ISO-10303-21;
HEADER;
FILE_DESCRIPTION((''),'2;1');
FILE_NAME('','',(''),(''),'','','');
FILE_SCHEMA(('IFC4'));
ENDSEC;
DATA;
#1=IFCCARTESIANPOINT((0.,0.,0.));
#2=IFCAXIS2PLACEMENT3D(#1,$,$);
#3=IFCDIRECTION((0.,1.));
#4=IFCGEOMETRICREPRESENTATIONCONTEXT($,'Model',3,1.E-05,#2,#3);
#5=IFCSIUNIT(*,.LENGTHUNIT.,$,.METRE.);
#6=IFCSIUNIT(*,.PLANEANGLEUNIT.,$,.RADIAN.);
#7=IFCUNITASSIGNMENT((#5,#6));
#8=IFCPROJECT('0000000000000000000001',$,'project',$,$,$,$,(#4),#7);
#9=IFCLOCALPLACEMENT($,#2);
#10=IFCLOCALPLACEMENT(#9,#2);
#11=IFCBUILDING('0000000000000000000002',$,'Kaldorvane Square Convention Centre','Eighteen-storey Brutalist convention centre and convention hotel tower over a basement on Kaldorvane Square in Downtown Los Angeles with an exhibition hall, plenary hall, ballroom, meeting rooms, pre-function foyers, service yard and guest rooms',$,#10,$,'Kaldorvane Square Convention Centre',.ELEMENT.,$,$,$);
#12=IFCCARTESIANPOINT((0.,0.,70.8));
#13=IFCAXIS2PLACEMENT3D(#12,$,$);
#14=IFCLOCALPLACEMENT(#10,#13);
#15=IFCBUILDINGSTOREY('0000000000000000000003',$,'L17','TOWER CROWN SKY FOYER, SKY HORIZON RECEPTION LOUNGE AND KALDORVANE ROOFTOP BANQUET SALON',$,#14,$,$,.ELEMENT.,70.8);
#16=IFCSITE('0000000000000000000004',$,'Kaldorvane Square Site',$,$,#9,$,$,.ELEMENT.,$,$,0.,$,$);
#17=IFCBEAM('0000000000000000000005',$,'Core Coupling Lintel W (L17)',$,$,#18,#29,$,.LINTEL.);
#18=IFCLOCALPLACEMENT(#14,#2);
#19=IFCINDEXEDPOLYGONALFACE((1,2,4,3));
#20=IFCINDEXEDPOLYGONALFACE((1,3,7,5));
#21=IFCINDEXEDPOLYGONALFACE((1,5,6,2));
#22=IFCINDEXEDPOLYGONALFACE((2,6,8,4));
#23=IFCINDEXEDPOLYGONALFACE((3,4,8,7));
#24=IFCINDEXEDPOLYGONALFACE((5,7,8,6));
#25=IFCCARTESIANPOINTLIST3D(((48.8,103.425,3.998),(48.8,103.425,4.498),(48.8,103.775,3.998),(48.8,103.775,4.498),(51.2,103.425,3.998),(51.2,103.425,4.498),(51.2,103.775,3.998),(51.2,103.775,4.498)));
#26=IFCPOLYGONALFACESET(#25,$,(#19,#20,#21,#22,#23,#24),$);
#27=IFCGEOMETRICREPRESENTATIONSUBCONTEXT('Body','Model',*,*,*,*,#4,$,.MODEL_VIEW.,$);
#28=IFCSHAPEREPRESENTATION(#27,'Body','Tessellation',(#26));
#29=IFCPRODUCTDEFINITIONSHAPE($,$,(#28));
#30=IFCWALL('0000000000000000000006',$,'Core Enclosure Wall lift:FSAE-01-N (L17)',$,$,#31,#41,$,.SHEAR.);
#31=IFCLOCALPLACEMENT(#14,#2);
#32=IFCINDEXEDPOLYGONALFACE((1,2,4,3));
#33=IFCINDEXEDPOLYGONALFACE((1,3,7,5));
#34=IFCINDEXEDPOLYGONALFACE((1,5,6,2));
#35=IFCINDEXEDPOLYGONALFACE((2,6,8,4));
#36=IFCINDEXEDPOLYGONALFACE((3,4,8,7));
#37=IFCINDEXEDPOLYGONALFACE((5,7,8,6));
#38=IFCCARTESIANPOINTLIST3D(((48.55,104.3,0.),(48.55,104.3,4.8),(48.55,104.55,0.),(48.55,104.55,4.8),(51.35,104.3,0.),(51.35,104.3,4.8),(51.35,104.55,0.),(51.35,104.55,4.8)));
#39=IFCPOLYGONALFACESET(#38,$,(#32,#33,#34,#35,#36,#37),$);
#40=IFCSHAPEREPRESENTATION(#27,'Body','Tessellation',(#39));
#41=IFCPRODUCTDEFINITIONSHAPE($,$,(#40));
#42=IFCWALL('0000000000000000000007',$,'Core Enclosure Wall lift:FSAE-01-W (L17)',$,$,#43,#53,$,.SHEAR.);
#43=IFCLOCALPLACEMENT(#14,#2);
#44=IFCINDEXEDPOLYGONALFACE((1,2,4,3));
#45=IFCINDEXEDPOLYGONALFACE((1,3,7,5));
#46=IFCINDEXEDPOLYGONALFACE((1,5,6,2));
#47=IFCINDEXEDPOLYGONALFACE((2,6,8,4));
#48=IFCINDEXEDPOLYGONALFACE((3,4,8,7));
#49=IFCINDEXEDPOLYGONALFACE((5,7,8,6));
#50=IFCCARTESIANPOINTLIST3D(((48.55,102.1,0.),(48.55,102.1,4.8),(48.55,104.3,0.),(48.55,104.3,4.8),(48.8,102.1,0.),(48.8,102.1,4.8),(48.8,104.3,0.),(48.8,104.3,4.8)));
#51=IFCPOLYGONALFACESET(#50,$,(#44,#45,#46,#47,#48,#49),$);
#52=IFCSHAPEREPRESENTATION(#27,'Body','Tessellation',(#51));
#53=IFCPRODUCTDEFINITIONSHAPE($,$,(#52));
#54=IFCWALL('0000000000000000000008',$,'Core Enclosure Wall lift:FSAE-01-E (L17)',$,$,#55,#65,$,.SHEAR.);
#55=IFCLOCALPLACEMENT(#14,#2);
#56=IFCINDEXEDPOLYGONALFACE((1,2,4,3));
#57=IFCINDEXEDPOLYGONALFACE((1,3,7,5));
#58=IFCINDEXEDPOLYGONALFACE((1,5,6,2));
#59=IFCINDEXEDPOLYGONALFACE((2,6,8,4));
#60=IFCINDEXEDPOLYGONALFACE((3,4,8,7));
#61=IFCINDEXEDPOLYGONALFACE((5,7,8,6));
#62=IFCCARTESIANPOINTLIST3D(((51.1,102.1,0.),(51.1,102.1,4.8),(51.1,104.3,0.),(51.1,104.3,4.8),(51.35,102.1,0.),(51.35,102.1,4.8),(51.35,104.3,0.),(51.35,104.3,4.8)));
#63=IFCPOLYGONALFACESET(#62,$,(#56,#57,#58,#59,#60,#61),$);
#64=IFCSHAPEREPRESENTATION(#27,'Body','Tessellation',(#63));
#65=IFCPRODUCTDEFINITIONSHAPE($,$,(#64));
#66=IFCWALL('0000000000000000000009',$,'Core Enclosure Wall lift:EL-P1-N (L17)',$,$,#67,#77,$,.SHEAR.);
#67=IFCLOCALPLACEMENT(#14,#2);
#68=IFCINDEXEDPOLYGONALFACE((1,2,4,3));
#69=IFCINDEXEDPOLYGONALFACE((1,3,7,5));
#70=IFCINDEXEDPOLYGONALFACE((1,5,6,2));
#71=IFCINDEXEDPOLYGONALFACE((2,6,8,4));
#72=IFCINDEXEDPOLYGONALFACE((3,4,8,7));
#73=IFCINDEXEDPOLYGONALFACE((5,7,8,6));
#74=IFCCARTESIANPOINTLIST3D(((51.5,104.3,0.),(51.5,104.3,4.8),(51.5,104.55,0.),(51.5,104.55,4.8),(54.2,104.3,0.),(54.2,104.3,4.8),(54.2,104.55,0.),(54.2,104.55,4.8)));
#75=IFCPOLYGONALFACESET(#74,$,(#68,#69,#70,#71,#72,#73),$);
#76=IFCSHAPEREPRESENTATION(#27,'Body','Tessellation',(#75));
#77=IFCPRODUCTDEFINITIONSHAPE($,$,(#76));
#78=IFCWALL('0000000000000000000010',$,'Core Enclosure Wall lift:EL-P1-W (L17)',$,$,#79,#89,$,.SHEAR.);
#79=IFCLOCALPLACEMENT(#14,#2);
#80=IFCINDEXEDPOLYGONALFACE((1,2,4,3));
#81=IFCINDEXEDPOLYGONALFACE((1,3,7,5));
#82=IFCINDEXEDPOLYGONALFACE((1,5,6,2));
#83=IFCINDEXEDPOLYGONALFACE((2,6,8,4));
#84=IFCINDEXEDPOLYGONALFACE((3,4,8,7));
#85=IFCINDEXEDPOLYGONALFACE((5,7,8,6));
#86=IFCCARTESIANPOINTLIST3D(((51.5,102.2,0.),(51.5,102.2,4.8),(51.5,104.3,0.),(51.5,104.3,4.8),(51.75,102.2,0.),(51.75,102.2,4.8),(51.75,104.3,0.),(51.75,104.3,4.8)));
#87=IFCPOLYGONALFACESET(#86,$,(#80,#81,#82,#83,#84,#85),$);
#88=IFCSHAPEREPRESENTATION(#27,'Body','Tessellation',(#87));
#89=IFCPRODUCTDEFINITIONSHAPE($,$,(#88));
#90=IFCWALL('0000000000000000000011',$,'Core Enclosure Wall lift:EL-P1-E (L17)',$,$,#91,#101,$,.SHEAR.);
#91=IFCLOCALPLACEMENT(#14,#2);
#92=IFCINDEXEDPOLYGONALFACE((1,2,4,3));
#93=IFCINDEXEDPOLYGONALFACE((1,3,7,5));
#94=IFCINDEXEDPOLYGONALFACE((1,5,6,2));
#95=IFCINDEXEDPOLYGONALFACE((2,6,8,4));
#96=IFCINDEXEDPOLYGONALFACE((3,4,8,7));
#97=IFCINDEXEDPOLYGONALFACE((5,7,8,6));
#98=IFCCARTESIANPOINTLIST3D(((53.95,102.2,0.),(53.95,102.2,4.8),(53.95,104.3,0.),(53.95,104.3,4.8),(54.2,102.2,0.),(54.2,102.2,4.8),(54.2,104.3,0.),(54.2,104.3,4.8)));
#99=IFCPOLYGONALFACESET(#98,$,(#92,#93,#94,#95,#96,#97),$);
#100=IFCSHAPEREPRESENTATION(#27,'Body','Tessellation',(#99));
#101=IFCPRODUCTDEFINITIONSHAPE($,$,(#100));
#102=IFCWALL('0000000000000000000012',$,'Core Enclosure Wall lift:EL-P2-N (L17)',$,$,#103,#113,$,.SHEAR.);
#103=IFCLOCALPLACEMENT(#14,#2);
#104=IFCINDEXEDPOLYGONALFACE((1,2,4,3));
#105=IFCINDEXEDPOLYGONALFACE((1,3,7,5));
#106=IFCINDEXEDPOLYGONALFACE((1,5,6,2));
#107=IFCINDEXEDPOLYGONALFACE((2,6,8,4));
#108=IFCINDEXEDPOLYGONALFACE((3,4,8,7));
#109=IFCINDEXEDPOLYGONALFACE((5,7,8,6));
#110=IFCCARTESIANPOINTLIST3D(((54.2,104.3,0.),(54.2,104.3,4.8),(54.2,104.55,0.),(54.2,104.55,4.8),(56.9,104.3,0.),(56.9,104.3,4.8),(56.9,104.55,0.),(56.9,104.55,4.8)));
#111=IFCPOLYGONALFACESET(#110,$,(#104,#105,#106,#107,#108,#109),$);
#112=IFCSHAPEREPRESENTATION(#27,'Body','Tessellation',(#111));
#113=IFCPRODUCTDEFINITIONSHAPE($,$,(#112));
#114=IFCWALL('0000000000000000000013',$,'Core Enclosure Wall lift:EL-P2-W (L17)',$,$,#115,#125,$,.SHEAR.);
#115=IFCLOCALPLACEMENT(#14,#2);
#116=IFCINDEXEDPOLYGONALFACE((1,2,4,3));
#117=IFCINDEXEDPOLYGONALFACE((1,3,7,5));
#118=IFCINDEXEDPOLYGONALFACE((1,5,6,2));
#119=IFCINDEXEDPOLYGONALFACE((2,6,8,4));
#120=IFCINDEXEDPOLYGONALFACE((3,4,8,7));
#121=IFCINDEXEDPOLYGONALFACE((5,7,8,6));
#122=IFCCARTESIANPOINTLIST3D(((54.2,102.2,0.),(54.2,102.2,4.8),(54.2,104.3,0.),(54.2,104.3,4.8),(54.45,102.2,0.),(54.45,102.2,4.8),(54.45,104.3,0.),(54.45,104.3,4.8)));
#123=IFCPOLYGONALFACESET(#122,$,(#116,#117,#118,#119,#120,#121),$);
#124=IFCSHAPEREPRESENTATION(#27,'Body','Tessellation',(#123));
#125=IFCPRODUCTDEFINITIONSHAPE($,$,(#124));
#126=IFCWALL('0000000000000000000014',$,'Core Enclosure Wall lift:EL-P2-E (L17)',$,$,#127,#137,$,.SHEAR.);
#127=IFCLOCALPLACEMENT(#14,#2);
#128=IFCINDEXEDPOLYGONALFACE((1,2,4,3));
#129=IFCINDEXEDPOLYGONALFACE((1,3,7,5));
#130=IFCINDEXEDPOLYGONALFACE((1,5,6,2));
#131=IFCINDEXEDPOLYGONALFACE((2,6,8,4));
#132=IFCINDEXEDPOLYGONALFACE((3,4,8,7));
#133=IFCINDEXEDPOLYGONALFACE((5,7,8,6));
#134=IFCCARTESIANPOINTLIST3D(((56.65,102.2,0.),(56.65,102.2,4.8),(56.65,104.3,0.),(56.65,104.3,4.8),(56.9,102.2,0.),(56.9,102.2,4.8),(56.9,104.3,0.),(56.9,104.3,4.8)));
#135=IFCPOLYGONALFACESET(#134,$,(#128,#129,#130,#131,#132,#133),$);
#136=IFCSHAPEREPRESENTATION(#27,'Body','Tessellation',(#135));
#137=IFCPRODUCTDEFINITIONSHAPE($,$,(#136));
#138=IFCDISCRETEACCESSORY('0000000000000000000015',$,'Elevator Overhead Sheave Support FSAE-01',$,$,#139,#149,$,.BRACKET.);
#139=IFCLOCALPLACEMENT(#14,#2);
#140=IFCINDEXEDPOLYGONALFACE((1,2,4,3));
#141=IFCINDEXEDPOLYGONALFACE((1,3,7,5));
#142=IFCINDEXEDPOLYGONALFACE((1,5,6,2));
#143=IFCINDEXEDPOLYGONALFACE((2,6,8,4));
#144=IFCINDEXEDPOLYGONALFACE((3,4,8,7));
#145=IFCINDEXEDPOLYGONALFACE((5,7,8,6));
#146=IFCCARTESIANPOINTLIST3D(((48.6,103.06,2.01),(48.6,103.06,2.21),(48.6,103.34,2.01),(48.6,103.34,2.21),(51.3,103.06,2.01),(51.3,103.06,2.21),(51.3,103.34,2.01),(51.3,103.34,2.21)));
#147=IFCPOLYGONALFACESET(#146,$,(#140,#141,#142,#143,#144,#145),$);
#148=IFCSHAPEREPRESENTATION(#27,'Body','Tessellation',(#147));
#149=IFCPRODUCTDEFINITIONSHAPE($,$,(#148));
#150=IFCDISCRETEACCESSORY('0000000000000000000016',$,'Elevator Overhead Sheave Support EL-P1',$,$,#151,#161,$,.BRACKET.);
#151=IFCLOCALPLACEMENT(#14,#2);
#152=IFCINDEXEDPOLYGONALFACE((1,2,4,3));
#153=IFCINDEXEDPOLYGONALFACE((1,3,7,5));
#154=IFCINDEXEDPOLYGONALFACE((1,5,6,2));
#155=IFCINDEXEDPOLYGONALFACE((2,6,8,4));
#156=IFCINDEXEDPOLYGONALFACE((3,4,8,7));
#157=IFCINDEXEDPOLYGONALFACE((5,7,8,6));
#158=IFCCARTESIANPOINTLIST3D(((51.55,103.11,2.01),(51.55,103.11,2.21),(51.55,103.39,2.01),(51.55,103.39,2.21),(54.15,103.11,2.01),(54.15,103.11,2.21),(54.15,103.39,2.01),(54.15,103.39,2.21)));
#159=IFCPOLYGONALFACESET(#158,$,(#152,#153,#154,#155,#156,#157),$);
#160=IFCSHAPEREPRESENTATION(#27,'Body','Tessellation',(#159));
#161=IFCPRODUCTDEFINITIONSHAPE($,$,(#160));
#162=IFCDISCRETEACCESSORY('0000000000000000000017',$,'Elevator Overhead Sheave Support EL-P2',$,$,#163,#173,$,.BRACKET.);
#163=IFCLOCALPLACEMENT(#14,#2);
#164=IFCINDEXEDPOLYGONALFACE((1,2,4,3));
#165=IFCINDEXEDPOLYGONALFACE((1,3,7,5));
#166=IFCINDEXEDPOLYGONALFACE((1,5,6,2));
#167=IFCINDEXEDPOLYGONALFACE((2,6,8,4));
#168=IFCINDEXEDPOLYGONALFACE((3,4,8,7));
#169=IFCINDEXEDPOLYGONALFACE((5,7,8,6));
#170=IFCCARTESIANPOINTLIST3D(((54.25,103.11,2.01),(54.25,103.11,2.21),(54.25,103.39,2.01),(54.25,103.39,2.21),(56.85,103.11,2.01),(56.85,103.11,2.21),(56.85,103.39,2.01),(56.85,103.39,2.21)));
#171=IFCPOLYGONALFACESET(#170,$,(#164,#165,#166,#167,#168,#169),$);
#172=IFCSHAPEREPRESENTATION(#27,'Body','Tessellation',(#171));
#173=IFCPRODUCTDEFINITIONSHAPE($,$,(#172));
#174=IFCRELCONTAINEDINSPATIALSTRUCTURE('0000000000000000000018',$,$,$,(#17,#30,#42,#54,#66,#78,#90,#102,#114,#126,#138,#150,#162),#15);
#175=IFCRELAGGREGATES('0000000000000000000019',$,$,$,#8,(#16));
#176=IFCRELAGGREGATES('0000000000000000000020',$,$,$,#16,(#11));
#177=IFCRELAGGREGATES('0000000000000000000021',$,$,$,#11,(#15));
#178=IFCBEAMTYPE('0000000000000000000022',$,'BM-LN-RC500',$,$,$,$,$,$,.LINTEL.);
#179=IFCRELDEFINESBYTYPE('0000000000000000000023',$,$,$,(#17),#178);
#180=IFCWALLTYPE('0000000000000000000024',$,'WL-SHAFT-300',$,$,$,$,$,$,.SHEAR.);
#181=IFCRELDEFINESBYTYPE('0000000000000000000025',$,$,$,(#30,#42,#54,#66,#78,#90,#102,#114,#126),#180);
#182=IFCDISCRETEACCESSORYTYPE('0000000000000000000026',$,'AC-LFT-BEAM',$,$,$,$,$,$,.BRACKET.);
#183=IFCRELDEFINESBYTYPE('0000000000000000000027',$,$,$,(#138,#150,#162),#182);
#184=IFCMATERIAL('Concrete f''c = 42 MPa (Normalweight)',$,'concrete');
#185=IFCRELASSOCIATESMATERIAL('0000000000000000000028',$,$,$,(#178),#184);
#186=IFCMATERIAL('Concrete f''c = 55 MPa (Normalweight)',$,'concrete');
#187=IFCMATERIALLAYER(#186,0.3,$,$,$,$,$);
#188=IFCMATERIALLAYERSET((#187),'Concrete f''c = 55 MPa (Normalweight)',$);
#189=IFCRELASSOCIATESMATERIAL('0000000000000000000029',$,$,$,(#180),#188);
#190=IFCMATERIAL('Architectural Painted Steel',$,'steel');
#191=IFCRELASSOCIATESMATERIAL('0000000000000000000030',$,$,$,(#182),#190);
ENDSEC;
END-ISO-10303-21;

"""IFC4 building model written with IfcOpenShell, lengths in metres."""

from ifc_helpers import new_model, si_unit, direction, frame, frame_2d, origin, origin_2d, place, context, subcontext, project, spatial, rectangle, extrude, material, layer, layer_set, material_profile, profile_set, type_object, element, save


model = new_model("IFC4")

# Units and contexts
model_context = context("Model", 3, precision=1e-05, world=origin(), true_north=direction((0.0, 1.0)))
body_context = subcontext(model_context, "Body", "Model", "MODEL_VIEW")
ifc_project = project(units=[si_unit("LENGTHUNIT", "METRE"), si_unit("PLANEANGLEUNIT", "RADIAN")], contexts=[model_context])

# Site, building, storey
site_placement = place(None, origin())
site = spatial("IfcSite", under=ifc_project, at=site_placement, Name="Kaldorvane Square Site", CompositionType="ELEMENT", RefElevation=0.0)
building_placement = place(site_placement, origin())
building = spatial("IfcBuilding", under=site, at=building_placement, Name="Kaldorvane Square Convention Centre", Description="Eighteen-storey Brutalist convention centre and convention hotel tower over a basement on Kaldorvane Square in Downtown Los Angeles with an exhibition hall, plenary hall, ballroom, meeting rooms, pre-function foyers, service yard and guest rooms", LongName="Kaldorvane Square Convention Centre", CompositionType="ELEMENT")
storey_placement = place(building_placement, frame((0.0, 0.0, 70.8)))
storey = spatial("IfcBuildingStorey", under=building, at=storey_placement, Name="L17", Description="TOWER CROWN SKY FOYER, SKY HORIZON RECEPTION LOUNGE AND KALDORVANE ROOFTOP BANQUET SALON", CompositionType="ELEMENT", Elevation=70.8)

# Beam
ifc_material_1 = material(Name="Concrete f'c = 42 MPa (Normalweight)", Category="concrete")
ifc_material_profile = material_profile(ifc_material_1, rectangle(XDim=0.35, YDim=0.5, at=origin_2d()), Name="RCLN500X350")
ifc_profile_set = profile_set([ifc_material_profile], Name="Concrete f'c = 42 MPa (Normalweight)")
beam_type = type_object("IfcBeamType", Name="BM-LN-RC500", PredefinedType="LINTEL", material=ifc_profile_set)
beam_placement = place(storey_placement, frame((48.8, 103.6, 4.248), z_axis=(1.0, 0.0, 0.0), x_axis=(0.0, 1.0, 0.0)))
element("IfcBeam", 1, at=beam_placement, inside=storey, type_object=beam_type, Name="Core Coupling Lintel W (L17)", PredefinedType="LINTEL", context=body_context, shape_type="SweptSolid", body=[
    extrude(rectangle(XDim=0.35, YDim=0.5, at=origin_2d()), origin(), (0.0, 0.0, 1.0), 2.4),
])

# Walls
ifc_material_2 = material(Name="Concrete f'c = 55 MPa (Normalweight)", Category="concrete")
ifc_layer = layer(ifc_material_2, 0.3)
ifc_layer_set = layer_set([ifc_layer], Name="Concrete f'c = 55 MPa (Normalweight)")
wall_type = type_object("IfcWallType", Name="WL-SHAFT-300", PredefinedType="SHEAR", material=ifc_layer_set)
wall_1_placement = place(storey_placement, frame((51.35, 104.425, 0.0), z_axis=(0.0, 0.0, 1.0), x_axis=(-1.0, 0.0, 0.0)))
element("IfcWall", 2, at=wall_1_placement, inside=storey, type_object=wall_type, Name="Core Enclosure Wall lift:FSAE-01-N (L17)", PredefinedType="SHEAR", context=body_context, shape_type="SweptSolid", body=[
    extrude(rectangle(XDim=2.8, YDim=0.25, at=frame_2d((1.4, 0.0))), origin(), (0.0, 0.0, 1.0), 4.8),
])
for number, where, z_axis, x_axis, name in (
    (3, (48.675, 104.3, 0.0), (0.0, 0.0, 1.0), (0.0, -1.0, 0.0), "Core Enclosure Wall lift:FSAE-01-W (L17)"),
    (4, (51.225, 102.1, 0.0), (0.0, 0.0, 1.0), (0.0, 1.0, 0.0), "Core Enclosure Wall lift:FSAE-01-E (L17)"),
):
    element("IfcWall", number, at=place(storey_placement, frame(where, z_axis=z_axis, x_axis=x_axis)), inside=storey, type_object=wall_type, Name=name, PredefinedType="SHEAR", context=body_context, shape_type="SweptSolid", body=[
        extrude(rectangle(XDim=2.2, YDim=0.25, at=frame_2d((1.1, 0.0))), origin(), (0.0, 0.0, 1.0), 4.8),
    ])

# Walls
wall_2_placement = place(storey_placement, frame((54.2, 104.425, 0.0), z_axis=(0.0, 0.0, 1.0), x_axis=(-1.0, 0.0, 0.0)))
element("IfcWall", 5, at=wall_2_placement, inside=storey, type_object=wall_type, Name="Core Enclosure Wall lift:EL-P1-N (L17)", PredefinedType="SHEAR", context=body_context, shape_type="SweptSolid", body=[
    extrude(rectangle(XDim=2.7, YDim=0.25, at=frame_2d((1.35, 0.0))), origin(), (0.0, 0.0, 1.0), 4.8),
])
for number, where, z_axis, x_axis, name in (
    (6, (51.625, 104.3, 0.0), (0.0, 0.0, 1.0), (0.0, -1.0, 0.0), "Core Enclosure Wall lift:EL-P1-W (L17)"),
    (7, (54.075, 102.2, 0.0), (0.0, 0.0, 1.0), (0.0, 1.0, 0.0), "Core Enclosure Wall lift:EL-P1-E (L17)"),
):
    element("IfcWall", number, at=place(storey_placement, frame(where, z_axis=z_axis, x_axis=x_axis)), inside=storey, type_object=wall_type, Name=name, PredefinedType="SHEAR", context=body_context, shape_type="SweptSolid", body=[
        extrude(rectangle(XDim=2.1, YDim=0.25, at=frame_2d((1.05, 0.0))), origin(), (0.0, 0.0, 1.0), 4.8),
    ])

# Walls
wall_3_placement = place(storey_placement, frame((56.9, 104.425, 0.0), z_axis=(0.0, 0.0, 1.0), x_axis=(-1.0, 0.0, 0.0)))
element("IfcWall", 8, at=wall_3_placement, inside=storey, type_object=wall_type, Name="Core Enclosure Wall lift:EL-P2-N (L17)", PredefinedType="SHEAR", context=body_context, shape_type="SweptSolid", body=[
    extrude(rectangle(XDim=2.7, YDim=0.25, at=frame_2d((1.35, 0.0))), origin(), (0.0, 0.0, 1.0), 4.8),
])
for number, where, z_axis, x_axis, name in (
    (9, (54.325, 104.3, 0.0), (0.0, 0.0, 1.0), (0.0, -1.0, 0.0), "Core Enclosure Wall lift:EL-P2-W (L17)"),
    (10, (56.775, 102.2, 0.0), (0.0, 0.0, 1.0), (0.0, 1.0, 0.0), "Core Enclosure Wall lift:EL-P2-E (L17)"),
):
    element("IfcWall", number, at=place(storey_placement, frame(where, z_axis=z_axis, x_axis=x_axis)), inside=storey, type_object=wall_type, Name=name, PredefinedType="SHEAR", context=body_context, shape_type="SweptSolid", body=[
        extrude(rectangle(XDim=2.1, YDim=0.25, at=frame_2d((1.05, 0.0))), origin(), (0.0, 0.0, 1.0), 4.8),
    ])

# Discrete accessories
ifc_material_3 = material(Name="Architectural Painted Steel", Category="steel")
discrete_accessory_type = type_object("IfcDiscreteAccessoryType", Name="AC-LFT-BEAM", PredefinedType="BRACKET", material=ifc_material_3)
discrete_accessory_placement = place(storey_placement, frame((49.95, 103.2, 2.01), z_axis=(0.0, 0.0, 1.0), x_axis=(1.0, 0.0, 0.0)))
element("IfcDiscreteAccessory", 11, at=discrete_accessory_placement, inside=storey, type_object=discrete_accessory_type, Name="Elevator Overhead Sheave Support FSAE-01", PredefinedType="BRACKET", context=body_context, shape_type="SweptSolid", body=[
    extrude(rectangle(XDim=2.7, YDim=0.28, at=origin_2d()), origin(), (0.0, 0.0, 1.0), 0.2),
])
for number, where, z_axis, x_axis, name in (
    (12, (52.85, 103.25, 2.01), (0.0, 0.0, 1.0), (1.0, 0.0, 0.0), "Elevator Overhead Sheave Support EL-P1"),
    (13, (55.55, 103.25, 2.01), (0.0, 0.0, 1.0), (1.0, 0.0, 0.0), "Elevator Overhead Sheave Support EL-P2"),
):
    element("IfcDiscreteAccessory", number, at=place(storey_placement, frame(where, z_axis=z_axis, x_axis=x_axis)), inside=storey, type_object=discrete_accessory_type, Name=name, PredefinedType="BRACKET", context=body_context, shape_type="SweptSolid", body=[
        extrude(rectangle(XDim=2.6, YDim=0.28, at=origin_2d()), origin(), (0.0, 0.0, 1.0), 0.2),
    ])

save(model, "model.ifc")
